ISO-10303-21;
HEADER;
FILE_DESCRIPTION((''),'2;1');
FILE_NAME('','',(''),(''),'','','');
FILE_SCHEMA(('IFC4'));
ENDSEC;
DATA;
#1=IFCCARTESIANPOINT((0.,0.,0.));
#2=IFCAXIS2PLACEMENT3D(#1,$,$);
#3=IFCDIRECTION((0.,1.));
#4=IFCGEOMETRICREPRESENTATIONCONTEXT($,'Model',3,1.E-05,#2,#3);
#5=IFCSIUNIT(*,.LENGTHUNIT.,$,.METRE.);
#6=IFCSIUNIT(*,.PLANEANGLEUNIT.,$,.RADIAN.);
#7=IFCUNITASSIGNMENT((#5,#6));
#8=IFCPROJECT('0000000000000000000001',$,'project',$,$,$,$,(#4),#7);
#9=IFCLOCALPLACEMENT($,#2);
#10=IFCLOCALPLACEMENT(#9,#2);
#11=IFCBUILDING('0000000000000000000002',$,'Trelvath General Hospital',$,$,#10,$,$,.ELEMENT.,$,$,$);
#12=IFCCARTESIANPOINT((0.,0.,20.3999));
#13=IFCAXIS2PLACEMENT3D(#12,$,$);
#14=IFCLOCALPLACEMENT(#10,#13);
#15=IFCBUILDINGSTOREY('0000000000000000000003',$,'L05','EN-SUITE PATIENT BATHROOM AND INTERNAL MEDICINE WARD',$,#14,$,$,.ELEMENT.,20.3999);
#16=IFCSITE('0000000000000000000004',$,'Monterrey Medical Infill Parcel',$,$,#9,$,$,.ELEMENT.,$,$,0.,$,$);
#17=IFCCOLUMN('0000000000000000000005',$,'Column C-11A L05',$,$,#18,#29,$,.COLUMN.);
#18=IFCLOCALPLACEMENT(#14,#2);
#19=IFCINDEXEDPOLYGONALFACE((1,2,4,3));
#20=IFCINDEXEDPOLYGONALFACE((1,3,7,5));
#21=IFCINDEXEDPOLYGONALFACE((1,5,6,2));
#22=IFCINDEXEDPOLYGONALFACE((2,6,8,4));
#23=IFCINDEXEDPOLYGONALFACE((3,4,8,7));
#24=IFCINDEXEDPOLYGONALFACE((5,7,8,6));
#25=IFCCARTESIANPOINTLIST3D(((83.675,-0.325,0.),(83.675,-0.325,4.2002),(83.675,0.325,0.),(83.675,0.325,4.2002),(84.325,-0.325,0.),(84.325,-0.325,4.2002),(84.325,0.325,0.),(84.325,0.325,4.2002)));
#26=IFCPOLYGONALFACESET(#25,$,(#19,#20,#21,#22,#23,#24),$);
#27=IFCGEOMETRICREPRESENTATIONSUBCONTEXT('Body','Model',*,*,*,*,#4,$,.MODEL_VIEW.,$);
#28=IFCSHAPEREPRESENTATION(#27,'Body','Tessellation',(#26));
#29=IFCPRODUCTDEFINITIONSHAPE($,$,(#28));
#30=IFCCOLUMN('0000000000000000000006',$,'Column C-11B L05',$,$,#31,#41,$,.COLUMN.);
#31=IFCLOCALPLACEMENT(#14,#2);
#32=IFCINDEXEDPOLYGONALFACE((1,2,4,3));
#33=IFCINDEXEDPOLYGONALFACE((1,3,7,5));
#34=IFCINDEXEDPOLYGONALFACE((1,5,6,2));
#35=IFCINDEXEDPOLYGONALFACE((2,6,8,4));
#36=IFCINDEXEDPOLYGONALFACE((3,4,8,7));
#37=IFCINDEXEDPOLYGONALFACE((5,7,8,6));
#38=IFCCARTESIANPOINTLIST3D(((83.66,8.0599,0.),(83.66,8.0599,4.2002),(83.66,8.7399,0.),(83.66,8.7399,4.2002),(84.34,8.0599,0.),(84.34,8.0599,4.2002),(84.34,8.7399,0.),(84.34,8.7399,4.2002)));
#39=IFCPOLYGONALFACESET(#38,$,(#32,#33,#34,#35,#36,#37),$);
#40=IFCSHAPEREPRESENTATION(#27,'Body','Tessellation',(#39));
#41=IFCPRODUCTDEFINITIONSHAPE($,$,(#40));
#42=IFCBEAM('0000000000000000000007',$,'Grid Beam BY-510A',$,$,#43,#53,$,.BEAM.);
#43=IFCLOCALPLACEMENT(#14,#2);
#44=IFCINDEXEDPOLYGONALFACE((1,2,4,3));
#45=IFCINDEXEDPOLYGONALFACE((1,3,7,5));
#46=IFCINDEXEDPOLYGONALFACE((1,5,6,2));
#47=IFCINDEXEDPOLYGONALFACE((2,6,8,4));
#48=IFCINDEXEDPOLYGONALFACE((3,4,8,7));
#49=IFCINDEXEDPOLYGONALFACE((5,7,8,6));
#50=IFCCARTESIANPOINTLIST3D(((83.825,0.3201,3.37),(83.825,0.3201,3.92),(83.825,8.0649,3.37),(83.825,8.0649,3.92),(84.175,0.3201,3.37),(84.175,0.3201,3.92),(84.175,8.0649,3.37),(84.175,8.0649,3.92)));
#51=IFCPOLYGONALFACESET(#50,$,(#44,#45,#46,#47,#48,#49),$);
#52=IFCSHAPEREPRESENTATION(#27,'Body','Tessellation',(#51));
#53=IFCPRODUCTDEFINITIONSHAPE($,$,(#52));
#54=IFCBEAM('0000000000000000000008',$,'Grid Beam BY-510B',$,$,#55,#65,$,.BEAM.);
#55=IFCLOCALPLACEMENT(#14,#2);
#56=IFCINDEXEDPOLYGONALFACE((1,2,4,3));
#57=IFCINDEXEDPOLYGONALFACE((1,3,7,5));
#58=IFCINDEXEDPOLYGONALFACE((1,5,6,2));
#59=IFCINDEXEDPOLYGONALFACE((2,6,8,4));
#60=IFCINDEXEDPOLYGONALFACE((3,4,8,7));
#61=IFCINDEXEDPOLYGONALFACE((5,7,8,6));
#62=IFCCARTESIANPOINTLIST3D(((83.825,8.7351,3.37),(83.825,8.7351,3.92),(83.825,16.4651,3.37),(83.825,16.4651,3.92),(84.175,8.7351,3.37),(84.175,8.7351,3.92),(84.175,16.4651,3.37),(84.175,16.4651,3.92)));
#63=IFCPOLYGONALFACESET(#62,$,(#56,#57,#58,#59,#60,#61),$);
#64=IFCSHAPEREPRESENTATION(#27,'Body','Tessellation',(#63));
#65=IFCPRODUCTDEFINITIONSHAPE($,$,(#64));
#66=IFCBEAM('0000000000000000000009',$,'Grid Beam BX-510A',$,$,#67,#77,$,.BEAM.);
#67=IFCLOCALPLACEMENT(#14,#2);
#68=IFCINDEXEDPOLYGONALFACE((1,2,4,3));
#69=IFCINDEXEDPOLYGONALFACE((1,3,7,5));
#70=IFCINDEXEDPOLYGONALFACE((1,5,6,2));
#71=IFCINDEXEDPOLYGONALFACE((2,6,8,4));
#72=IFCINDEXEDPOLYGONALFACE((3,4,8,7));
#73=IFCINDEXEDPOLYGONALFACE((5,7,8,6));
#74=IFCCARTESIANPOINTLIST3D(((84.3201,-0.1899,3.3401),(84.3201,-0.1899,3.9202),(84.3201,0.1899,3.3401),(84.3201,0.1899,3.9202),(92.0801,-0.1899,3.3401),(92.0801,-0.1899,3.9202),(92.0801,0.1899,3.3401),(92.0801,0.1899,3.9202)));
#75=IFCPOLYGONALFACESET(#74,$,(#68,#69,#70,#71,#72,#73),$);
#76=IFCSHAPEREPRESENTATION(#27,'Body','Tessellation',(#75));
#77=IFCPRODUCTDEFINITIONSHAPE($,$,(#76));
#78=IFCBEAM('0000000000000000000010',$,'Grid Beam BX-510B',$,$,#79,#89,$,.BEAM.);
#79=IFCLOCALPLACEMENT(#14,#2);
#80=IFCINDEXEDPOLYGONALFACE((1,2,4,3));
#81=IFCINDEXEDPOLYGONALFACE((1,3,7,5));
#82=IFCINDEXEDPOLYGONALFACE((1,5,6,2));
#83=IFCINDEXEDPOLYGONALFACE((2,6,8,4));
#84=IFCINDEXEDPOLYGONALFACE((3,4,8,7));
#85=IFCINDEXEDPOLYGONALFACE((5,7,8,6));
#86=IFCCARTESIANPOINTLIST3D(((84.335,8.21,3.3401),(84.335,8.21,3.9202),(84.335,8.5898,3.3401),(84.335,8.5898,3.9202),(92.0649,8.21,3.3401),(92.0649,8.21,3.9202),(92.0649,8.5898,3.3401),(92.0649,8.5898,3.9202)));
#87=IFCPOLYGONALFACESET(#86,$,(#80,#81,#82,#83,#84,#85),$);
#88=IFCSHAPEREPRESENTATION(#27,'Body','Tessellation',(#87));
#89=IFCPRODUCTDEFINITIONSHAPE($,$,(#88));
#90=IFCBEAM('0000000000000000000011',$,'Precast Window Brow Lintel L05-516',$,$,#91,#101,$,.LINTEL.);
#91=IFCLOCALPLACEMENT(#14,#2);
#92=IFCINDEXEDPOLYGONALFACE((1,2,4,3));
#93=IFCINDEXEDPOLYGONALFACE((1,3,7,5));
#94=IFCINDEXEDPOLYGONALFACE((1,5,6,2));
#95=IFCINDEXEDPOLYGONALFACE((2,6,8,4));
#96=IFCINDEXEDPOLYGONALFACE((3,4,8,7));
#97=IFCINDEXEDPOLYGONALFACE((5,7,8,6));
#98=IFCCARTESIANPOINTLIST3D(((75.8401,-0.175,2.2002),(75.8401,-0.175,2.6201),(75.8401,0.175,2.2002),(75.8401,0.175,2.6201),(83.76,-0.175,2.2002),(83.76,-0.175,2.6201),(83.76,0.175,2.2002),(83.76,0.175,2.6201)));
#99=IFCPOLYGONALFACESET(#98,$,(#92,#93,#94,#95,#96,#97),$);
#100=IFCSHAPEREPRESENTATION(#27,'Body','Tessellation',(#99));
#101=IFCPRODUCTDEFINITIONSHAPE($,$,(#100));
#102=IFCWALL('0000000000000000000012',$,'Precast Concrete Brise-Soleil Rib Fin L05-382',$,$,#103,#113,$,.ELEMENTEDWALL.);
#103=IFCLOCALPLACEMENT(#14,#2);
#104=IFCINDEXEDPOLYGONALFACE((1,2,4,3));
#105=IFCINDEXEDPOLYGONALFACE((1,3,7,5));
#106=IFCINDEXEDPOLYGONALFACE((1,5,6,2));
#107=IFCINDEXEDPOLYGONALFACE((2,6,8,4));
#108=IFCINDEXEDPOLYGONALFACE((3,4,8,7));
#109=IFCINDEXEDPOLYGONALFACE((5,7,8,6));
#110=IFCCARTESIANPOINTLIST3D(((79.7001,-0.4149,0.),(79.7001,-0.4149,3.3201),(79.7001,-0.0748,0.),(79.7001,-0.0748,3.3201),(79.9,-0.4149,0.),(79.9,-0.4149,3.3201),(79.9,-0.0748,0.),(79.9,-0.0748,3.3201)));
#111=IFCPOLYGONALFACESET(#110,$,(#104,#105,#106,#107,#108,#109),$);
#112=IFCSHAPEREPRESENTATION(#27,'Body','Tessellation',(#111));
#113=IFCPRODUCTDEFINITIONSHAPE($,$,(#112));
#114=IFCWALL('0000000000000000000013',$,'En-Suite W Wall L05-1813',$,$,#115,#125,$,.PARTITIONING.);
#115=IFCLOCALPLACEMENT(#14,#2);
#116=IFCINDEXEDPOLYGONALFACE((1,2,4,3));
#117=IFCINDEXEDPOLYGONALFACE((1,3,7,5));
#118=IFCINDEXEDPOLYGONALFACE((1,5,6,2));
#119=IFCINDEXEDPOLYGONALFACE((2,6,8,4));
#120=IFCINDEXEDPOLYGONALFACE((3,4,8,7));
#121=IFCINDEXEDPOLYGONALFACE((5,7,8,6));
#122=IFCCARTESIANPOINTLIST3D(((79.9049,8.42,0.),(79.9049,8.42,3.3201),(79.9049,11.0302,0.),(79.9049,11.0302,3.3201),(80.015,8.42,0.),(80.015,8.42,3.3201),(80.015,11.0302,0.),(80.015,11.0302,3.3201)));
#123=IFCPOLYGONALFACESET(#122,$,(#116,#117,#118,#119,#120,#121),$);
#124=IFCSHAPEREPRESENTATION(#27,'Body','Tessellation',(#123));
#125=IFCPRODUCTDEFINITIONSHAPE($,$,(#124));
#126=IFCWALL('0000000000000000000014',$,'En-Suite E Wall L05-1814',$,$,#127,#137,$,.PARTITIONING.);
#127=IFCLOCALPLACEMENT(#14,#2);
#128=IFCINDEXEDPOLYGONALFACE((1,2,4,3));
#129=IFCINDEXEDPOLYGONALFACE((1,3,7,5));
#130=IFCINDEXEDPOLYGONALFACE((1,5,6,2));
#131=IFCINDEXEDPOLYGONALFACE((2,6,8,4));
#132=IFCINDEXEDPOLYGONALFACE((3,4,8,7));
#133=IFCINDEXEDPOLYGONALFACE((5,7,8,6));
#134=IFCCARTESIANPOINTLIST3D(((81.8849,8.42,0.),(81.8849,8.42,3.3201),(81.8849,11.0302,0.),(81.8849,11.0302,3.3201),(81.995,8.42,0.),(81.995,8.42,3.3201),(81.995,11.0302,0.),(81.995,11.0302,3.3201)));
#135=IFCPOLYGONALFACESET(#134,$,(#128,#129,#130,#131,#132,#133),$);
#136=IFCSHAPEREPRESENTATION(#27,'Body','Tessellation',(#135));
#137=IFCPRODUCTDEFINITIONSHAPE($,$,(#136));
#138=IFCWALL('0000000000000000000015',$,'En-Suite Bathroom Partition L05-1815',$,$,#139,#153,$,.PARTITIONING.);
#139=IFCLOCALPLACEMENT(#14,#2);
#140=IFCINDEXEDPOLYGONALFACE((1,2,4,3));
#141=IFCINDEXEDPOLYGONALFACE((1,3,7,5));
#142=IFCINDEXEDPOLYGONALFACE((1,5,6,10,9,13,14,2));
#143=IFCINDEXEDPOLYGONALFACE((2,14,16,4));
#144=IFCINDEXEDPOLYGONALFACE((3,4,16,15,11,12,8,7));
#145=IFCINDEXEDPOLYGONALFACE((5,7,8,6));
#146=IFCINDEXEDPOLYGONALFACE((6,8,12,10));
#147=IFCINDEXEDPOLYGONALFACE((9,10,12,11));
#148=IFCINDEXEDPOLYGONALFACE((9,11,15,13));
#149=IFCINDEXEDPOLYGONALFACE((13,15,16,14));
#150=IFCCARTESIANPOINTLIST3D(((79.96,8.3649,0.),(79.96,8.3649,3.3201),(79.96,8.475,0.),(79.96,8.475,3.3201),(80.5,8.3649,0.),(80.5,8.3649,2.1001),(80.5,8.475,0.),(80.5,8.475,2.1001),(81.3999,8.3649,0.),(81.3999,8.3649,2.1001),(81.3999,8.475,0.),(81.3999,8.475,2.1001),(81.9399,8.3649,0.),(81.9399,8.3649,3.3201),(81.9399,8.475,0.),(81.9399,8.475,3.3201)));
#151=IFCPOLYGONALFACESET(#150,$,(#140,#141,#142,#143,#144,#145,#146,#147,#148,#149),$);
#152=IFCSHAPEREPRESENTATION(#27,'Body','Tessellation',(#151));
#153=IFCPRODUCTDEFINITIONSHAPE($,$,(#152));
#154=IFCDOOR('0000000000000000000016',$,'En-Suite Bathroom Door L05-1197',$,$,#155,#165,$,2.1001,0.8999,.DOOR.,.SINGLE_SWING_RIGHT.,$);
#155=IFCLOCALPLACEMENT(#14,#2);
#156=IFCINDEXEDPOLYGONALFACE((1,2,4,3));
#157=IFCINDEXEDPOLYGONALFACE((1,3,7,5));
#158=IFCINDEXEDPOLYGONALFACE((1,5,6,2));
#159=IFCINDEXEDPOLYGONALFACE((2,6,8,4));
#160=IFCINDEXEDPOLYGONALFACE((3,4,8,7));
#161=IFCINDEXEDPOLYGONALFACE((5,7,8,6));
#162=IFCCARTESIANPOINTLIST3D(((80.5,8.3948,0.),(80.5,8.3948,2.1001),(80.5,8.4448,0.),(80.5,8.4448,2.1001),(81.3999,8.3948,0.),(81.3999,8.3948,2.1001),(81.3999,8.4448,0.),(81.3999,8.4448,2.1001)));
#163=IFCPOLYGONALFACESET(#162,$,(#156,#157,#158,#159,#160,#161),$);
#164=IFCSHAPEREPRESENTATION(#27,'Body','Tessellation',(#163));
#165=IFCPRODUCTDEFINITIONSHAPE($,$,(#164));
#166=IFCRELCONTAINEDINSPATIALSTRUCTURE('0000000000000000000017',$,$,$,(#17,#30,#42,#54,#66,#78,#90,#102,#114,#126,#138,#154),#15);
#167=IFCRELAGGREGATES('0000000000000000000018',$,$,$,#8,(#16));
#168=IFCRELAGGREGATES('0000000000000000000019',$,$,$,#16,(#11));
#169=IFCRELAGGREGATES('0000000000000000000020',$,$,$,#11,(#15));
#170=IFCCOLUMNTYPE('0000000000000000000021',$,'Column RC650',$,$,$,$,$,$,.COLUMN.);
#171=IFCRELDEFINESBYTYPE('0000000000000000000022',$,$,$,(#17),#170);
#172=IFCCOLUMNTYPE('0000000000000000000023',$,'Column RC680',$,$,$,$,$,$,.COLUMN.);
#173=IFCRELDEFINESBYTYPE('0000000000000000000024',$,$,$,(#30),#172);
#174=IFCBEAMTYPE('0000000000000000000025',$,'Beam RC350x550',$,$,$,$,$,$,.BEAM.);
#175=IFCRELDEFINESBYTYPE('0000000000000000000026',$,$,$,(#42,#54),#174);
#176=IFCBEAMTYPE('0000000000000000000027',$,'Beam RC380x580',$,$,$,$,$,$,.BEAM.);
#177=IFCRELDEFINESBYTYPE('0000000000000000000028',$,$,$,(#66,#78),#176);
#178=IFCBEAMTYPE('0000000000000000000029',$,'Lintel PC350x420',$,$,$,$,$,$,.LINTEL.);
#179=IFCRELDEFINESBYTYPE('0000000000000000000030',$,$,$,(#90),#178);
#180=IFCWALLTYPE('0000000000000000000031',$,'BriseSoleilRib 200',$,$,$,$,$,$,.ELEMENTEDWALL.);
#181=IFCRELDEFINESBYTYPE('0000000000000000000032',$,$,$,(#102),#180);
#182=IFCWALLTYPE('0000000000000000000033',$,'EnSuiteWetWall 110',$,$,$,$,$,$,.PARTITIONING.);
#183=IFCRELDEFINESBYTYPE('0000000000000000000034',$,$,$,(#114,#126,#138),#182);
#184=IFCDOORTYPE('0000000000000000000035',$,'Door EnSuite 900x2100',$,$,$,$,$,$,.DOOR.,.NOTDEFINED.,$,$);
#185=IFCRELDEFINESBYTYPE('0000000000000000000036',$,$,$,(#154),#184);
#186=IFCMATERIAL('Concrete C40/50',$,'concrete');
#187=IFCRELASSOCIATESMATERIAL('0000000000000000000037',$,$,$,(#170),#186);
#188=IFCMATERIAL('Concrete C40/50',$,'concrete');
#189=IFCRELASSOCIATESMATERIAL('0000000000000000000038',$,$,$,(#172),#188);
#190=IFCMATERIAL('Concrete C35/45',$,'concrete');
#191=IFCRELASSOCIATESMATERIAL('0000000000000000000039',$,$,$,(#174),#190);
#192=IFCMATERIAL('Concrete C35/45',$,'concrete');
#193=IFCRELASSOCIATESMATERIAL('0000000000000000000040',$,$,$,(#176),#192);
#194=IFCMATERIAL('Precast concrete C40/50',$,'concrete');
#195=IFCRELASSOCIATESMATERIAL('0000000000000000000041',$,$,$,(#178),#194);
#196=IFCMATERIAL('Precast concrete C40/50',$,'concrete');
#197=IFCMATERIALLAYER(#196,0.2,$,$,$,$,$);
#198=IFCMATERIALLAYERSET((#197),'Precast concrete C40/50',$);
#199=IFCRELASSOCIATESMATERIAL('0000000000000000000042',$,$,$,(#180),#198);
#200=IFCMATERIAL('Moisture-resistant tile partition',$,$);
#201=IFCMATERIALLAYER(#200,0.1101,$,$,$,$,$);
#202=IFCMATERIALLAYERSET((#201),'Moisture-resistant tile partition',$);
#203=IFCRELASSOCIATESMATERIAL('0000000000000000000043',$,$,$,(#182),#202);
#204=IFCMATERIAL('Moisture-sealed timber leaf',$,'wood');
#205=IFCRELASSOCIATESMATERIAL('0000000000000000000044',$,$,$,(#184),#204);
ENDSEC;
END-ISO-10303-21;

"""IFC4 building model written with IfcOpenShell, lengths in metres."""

from ifc_helpers import new_model, si_unit, direction, frame, frame_2d, origin, origin_2d, place, context, subcontext, project, spatial, rectangle, extrude, material, layer, layer_set, material_profile, profile_set, type_object, element, fill, save


model = new_model("IFC4")

# Units and contexts
model_context = context("Model", 3, precision=1e-05, world=origin(), true_north=direction((0.0, 1.0)))
body_context = subcontext(model_context, "Body", "Model", "MODEL_VIEW")
ifc_project = project(units=[si_unit("LENGTHUNIT", "METRE"), si_unit("PLANEANGLEUNIT", "RADIAN")], contexts=[model_context])

# Site, building, storey
site_placement = place(None, origin())
site = spatial("IfcSite", under=ifc_project, at=site_placement, Name="Monterrey Medical Infill Parcel", CompositionType="ELEMENT", RefElevation=0.0)
building_placement = place(site_placement, origin())
building = spatial("IfcBuilding", under=site, at=building_placement, Name="Trelvath General Hospital", CompositionType="ELEMENT")
storey_placement = place(building_placement, frame((0.0, 0.0, 20.3999)))
storey = spatial("IfcBuildingStorey", under=building, at=storey_placement, Name="L05", Description="EN-SUITE PATIENT BATHROOM AND INTERNAL MEDICINE WARD", CompositionType="ELEMENT", Elevation=20.3999)

# Columns
ifc_material_1 = material(Name="Concrete C40/50", Category="concrete")
ifc_material_profile_1 = material_profile(ifc_material_1, rectangle(XDim=0.6499, YDim=0.6499, at=origin_2d()), Name="RC650x650")
ifc_profile_set_1 = profile_set([ifc_material_profile_1], Name="Concrete C40/50")
column_type_1 = type_object("IfcColumnType", Name="Column RC650", PredefinedType="COLUMN", material=ifc_profile_set_1)
column_1_placement = place(storey_placement, frame((84.0, 0.0, 0.0), z_axis=(0.0, 0.0, 1.0), x_axis=(1.0, 0.0, 0.0)))
element("IfcColumn", 1, at=column_1_placement, inside=storey, type_object=column_type_1, Name="Column C-11A L05", PredefinedType="COLUMN", context=body_context, shape_type="SweptSolid", body=[
    extrude(rectangle(XDim=0.6499, YDim=0.6499, at=origin_2d()), origin(), (0.0, 0.0, 1.0), 4.2002),
])
ifc_material_2 = material(Name="Concrete C40/50", Category="concrete")
ifc_material_profile_2 = material_profile(ifc_material_2, rectangle(XDim=0.6799, YDim=0.6799, at=origin_2d()), Name="RC680x680")
ifc_profile_set_2 = profile_set([ifc_material_profile_2], Name="Concrete C40/50")
column_type_2 = type_object("IfcColumnType", Name="Column RC680", PredefinedType="COLUMN", material=ifc_profile_set_2)
column_2_placement = place(storey_placement, frame((84.0, 8.3999, 0.0), z_axis=(0.0, 0.0, 1.0), x_axis=(1.0, 0.0, 0.0)))
element("IfcColumn", 2, at=column_2_placement, inside=storey, type_object=column_type_2, Name="Column C-11B L05", PredefinedType="COLUMN", context=body_context, shape_type="SweptSolid", body=[
    extrude(rectangle(XDim=0.6799, YDim=0.6799, at=origin_2d()), origin(), (0.0, 0.0, 1.0), 4.2002),
])

# Beams
ifc_material_3 = material(Name="Concrete C35/45", Category="concrete")
ifc_material_profile_3 = material_profile(ifc_material_3, rectangle(XDim=0.3501, YDim=0.55, at=origin_2d()), Name="RCB350x550")
ifc_profile_set_3 = profile_set([ifc_material_profile_3], Name="Concrete C35/45")
beam_type_1 = type_object("IfcBeamType", Name="Beam RC350x550", PredefinedType="BEAM", material=ifc_profile_set_3)
beam_1_placement = place(storey_placement, frame((84.0, 0.3201, 3.645), z_axis=(0.0, 1.0, 0.0), x_axis=(-1.0, 0.0, 0.0)))
element("IfcBeam", 3, at=beam_1_placement, inside=storey, type_object=beam_type_1, Name="Grid Beam BY-510A", PredefinedType="BEAM", context=body_context, shape_type="SweptSolid", body=[
    extrude(rectangle(XDim=0.3501, YDim=0.55, at=origin_2d()), origin(), (0.0, 0.0, 1.0), 7.7449),
])
beam_2_placement = place(storey_placement, frame((84.0, 8.7351, 3.645), z_axis=(0.0, 1.0, 0.0), x_axis=(-1.0, 0.0, 0.0)))
element("IfcBeam", 4, at=beam_2_placement, inside=storey, type_object=beam_type_1, Name="Grid Beam BY-510B", PredefinedType="BEAM", context=body_context, shape_type="SweptSolid", body=[
    extrude(rectangle(XDim=0.3501, YDim=0.55, at=origin_2d()), origin(), (0.0, 0.0, 1.0), 7.73),
])
ifc_material_4 = material(Name="Concrete C35/45", Category="concrete")
ifc_material_profile_4 = material_profile(ifc_material_4, rectangle(XDim=0.3799, YDim=0.5801, at=origin_2d()), Name="RCB380x580")
ifc_profile_set_4 = profile_set([ifc_material_profile_4], Name="Concrete C35/45")
beam_type_2 = type_object("IfcBeamType", Name="Beam RC380x580", PredefinedType="BEAM", material=ifc_profile_set_4)
beam_3_placement = place(storey_placement, frame((84.3201, 0.0, 3.6301), z_axis=(1.0, 0.0, 0.0), x_axis=(0.0, 1.0, 0.0)))
element("IfcBeam", 5, at=beam_3_placement, inside=storey, type_object=beam_type_2, Name="Grid Beam BX-510A", PredefinedType="BEAM", context=body_context, shape_type="SweptSolid", body=[
    extrude(rectangle(XDim=0.3799, YDim=0.5801, at=origin_2d()), origin(), (0.0, 0.0, 1.0), 7.76),
])
beam_4_placement = place(storey_placement, frame((84.335, 8.3999, 3.6301), z_axis=(1.0, 0.0, 0.0), x_axis=(0.0, 1.0, 0.0)))
element("IfcBeam", 6, at=beam_4_placement, inside=storey, type_object=beam_type_2, Name="Grid Beam BX-510B", PredefinedType="BEAM", context=body_context, shape_type="SweptSolid", body=[
    extrude(rectangle(XDim=0.3799, YDim=0.5801, at=origin_2d()), origin(), (0.0, 0.0, 1.0), 7.73),
])
ifc_material_5 = material(Name="Precast concrete C40/50", Category="concrete")
ifc_material_profile_5 = material_profile(ifc_material_5, rectangle(XDim=0.3501, YDim=0.4199, at=origin_2d()), Name="PCL350x420")
ifc_profile_set_5 = profile_set([ifc_material_profile_5], Name="Precast concrete C40/50")
beam_type_3 = type_object("IfcBeamType", Name="Lintel PC350x420", PredefinedType="LINTEL", material=ifc_profile_set_5)
beam_5_placement = place(storey_placement, frame((83.76, 0.0, 2.4102), z_axis=(-1.0, 0.0, 0.0), x_axis=(0.0, -1.0, 0.0)))
element("IfcBeam", 7, at=beam_5_placement, inside=storey, type_object=beam_type_3, Name="Precast Window Brow Lintel L05-516", PredefinedType="LINTEL", context=body_context, shape_type="SweptSolid", body=[
    extrude(rectangle(XDim=0.3501, YDim=0.4199, at=origin_2d()), origin(), (0.0, 0.0, 1.0), 7.9199),
])

# Walls
ifc_material_6 = material(Name="Precast concrete C40/50", Category="concrete")
ifc_layer_1 = layer(ifc_material_6, 0.2)
ifc_layer_set_1 = layer_set([ifc_layer_1], Name="Precast concrete C40/50")
wall_type_1 = type_object("IfcWallType", Name="BriseSoleilRib 200", PredefinedType="ELEMENTEDWALL", material=ifc_layer_set_1)
wall_1_placement = place(storey_placement, frame((79.8, -0.075, 0.0), z_axis=(0.0, 0.0, 1.0), x_axis=(0.0, -1.0, 0.0)))
element("IfcWall", 8, at=wall_1_placement, inside=storey, type_object=wall_type_1, Name="Precast Concrete Brise-Soleil Rib Fin L05-382", PredefinedType="ELEMENTEDWALL", context=body_context, shape_type="SweptSolid", body=[
    extrude(rectangle(XDim=0.3401, YDim=0.2, at=frame_2d((0.1699, 0.0))), origin(), (0.0, 0.0, 1.0), 3.3201),
])
ifc_material_7 = material(Name="Moisture-resistant tile partition")
ifc_layer_2 = layer(ifc_material_7, 0.1101)
ifc_layer_set_2 = layer_set([ifc_layer_2], Name="Moisture-resistant tile partition")
wall_type_2 = type_object("IfcWallType", Name="EnSuiteWetWall 110", PredefinedType="PARTITIONING", material=ifc_layer_set_2)
for number, where, z_axis, x_axis, name in (
    (9, (79.96, 8.4199, 0.0), (0.0, 0.0, 1.0), (0.0, 1.0, 0.0), "En-Suite W Wall L05-1813"),
    (10, (81.9399, 8.4199, 0.0), (0.0, 0.0, 1.0), (0.0, 1.0, 0.0), "En-Suite E Wall L05-1814"),
):
    element("IfcWall", number, at=place(storey_placement, frame(where, z_axis=z_axis, x_axis=x_axis)), inside=storey, type_object=wall_type_2, Name=name, PredefinedType="PARTITIONING", context=body_context, shape_type="SweptSolid", body=[
        extrude(rectangle(XDim=2.6101, YDim=0.1101, at=frame_2d((1.3052, 0.0))), origin(), (0.0, 0.0, 1.0), 3.3201),
    ])

# Wall, opening, door
wall_2_placement = place(storey_placement, frame((79.96, 8.4199, 0.0), z_axis=(0.0, 0.0, 1.0), x_axis=(1.0, 0.0, 0.0)))
wall_2 = element("IfcWall", 11, at=wall_2_placement, inside=storey, type_object=wall_type_2, Name="En-Suite Bathroom Partition L05-1815", PredefinedType="PARTITIONING", context=body_context, shape_type="SweptSolid", body=[
    extrude(rectangle(XDim=1.98, YDim=0.1101, at=frame_2d((0.99, 0.0))), origin(), (0.0, 0.0, 1.0), 3.3201),
])
opening_1_placement = place(wall_2_placement, frame((0.54, 0.0, 0.0)))
opening_1 = element("IfcOpeningElement", 12, at=opening_1_placement, cuts=wall_2, PredefinedType="OPENING", context=body_context, shape_type="SweptSolid", body=[
    extrude(rectangle(XDim=0.8999, YDim=2.1001, at=frame_2d((0.45, 1.05))), frame((0.0, 0.0649, 0.0), z_axis=(0.0, -1.0, 0.0), x_axis=(1.0, 0.0, 0.0)), (0.0, 0.0, 1.0), 0.1301),
])
ifc_material_8 = material(Name="Moisture-sealed timber leaf", Category="wood")
door_type = type_object("IfcDoorType", Name="Door EnSuite 900x2100", OperationType="NOTDEFINED", PredefinedType="DOOR", material=ifc_material_8)
door_placement = place(opening_1_placement, origin())
door = element("IfcDoor", 13, at=door_placement, inside=storey, type_object=door_type, Name="En-Suite Bathroom Door L05-1197", OperationType="SINGLE_SWING_RIGHT", OverallHeight=2.1001, OverallWidth=0.8999, PredefinedType="DOOR", context=body_context, shape_type="SweptSolid", body=[
    extrude(rectangle(XDim=0.8999, YDim=2.1001, at=frame_2d((0.45, 1.05))), frame((0.0, 0.0249, 0.0), z_axis=(0.0, -1.0, 0.0), x_axis=(1.0, 0.0, 0.0)), (0.0, 0.0, 1.0), 0.05),
])
fill(opening_1, door)

save(model, "model.ifc")
